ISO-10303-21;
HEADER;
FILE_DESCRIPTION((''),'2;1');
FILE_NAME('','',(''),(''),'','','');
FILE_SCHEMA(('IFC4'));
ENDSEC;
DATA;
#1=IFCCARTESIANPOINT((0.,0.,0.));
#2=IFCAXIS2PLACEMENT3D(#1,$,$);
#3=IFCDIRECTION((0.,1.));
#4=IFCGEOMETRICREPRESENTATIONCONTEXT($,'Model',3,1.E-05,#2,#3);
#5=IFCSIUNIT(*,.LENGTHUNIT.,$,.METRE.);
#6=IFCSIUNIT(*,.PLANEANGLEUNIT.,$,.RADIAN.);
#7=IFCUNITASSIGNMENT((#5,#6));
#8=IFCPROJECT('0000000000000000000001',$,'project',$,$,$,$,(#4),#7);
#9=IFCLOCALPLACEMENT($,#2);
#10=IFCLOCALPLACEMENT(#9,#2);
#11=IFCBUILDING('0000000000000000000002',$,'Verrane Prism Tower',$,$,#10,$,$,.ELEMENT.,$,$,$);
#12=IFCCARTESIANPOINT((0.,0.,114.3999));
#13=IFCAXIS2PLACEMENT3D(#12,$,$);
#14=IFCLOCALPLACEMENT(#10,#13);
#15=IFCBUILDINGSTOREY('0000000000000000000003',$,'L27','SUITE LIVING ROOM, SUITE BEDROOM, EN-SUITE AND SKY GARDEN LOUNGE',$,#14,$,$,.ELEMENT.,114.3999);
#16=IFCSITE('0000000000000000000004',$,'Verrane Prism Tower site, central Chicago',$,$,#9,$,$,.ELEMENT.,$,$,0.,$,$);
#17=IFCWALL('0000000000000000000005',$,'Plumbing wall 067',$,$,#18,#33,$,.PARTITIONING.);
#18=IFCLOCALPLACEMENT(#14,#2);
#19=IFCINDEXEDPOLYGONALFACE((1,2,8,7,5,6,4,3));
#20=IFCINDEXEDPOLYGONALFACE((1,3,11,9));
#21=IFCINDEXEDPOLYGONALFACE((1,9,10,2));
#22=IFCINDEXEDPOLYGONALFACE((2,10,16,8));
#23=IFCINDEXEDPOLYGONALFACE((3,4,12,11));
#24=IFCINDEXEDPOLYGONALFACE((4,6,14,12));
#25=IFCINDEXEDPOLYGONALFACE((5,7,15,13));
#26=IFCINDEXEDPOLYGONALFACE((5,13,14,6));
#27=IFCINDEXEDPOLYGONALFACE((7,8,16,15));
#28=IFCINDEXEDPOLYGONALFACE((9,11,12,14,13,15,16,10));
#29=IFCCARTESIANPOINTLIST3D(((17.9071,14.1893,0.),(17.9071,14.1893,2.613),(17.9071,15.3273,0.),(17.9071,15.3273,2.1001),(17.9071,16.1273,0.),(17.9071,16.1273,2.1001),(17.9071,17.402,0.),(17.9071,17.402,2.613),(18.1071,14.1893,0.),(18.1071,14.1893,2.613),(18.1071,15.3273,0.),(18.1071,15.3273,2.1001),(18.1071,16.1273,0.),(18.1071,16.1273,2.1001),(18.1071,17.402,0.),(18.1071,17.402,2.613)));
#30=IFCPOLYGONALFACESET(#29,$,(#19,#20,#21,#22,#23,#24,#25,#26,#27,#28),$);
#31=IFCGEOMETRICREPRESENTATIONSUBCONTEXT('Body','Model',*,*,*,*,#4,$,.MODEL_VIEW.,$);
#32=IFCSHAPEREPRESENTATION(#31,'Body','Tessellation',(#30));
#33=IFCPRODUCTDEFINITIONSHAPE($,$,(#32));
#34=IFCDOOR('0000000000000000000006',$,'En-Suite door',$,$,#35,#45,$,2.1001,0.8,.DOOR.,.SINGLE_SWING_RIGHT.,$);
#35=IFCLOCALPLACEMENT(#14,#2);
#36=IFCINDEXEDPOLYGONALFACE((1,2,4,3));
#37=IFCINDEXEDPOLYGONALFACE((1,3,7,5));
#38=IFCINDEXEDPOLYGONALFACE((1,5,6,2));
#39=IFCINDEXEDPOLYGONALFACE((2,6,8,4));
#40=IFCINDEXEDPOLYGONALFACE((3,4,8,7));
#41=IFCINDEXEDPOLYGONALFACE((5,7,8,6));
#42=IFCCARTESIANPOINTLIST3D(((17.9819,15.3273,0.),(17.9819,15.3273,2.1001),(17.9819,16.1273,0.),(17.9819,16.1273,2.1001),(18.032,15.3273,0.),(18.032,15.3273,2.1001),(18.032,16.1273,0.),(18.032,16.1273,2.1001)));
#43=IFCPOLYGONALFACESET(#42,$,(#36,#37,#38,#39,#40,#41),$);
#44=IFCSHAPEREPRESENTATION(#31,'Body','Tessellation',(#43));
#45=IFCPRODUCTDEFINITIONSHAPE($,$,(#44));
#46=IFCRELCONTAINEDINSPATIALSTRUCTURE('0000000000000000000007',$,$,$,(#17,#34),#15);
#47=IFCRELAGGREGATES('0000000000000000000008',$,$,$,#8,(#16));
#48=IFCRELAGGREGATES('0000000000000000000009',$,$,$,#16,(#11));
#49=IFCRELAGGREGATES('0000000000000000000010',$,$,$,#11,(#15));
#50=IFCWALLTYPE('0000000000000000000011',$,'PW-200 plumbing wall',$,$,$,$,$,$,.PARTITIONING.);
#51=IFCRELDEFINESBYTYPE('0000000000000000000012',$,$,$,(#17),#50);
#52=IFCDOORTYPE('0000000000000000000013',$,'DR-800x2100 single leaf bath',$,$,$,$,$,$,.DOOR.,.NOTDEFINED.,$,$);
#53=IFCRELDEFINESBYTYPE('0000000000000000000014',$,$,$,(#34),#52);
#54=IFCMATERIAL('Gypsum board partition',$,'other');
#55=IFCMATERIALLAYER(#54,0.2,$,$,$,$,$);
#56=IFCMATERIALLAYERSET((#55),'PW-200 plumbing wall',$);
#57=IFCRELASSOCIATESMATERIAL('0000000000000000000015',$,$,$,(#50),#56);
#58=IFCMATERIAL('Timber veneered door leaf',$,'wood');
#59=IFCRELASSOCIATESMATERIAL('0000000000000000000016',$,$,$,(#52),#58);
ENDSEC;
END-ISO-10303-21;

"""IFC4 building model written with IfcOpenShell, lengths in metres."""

from ifc_helpers import new_model, si_unit, direction, frame, frame_2d, origin, place, context, subcontext, project, spatial, rectangle, extrude, material, layer, layer_set, type_object, element, fill, save


model = new_model("IFC4")

# Units and contexts
model_context = context("Model", 3, precision=1e-05, world=origin(), true_north=direction((0.0, 1.0)))
body_context = subcontext(model_context, "Body", "Model", "MODEL_VIEW")
ifc_project = project(units=[si_unit("LENGTHUNIT", "METRE"), si_unit("PLANEANGLEUNIT", "RADIAN")], contexts=[model_context])

# Site, building, storey
site_placement = place(None, origin())
site = spatial("IfcSite", under=ifc_project, at=site_placement, Name="Verrane Prism Tower site, central Chicago", CompositionType="ELEMENT", RefElevation=0.0)
building_placement = place(site_placement, origin())
building = spatial("IfcBuilding", under=site, at=building_placement, Name="Verrane Prism Tower", CompositionType="ELEMENT")
storey_placement = place(building_placement, frame((0.0, 0.0, 114.3999)))
storey = spatial("IfcBuildingStorey", under=building, at=storey_placement, Name="L27", Description="SUITE LIVING ROOM, SUITE BEDROOM, EN-SUITE AND SKY GARDEN LOUNGE", CompositionType="ELEMENT", Elevation=114.3999)

# Wall, opening, door
ifc_material_1 = material(Name="Gypsum board partition", Category="other")
ifc_layer_1 = layer(ifc_material_1, 0.2)
ifc_layer_set_1 = layer_set([ifc_layer_1], Name="PW-200 plumbing wall")
wall_type_1 = type_object("IfcWallType", Name="PW-200 plumbing wall", PredefinedType="PARTITIONING", material=ifc_layer_set_1)
wall_1_placement = place(storey_placement, frame((18.0071, 17.4021, 0.0), z_axis=(0.0, 0.0, 1.0), x_axis=(0.0, -1.0, 0.0)))
wall_1 = element("IfcWall", 1, at=wall_1_placement, inside=storey, type_object=wall_type_1, Name="Plumbing wall 067", PredefinedType="PARTITIONING", context=body_context, shape_type="SweptSolid", body=[
    extrude(rectangle(XDim=3.2126, YDim=0.2, at=frame_2d((1.6064, 0.0))), origin(), (0.0, 0.0, 1.0), 2.613),
])
opening_placement = place(wall_1_placement, frame((1.2749, 0.0, 0.0)))
opening = element("IfcOpeningElement", 2, at=opening_placement, cuts=wall_1, PredefinedType="OPENING", context=body_context, shape_type="SweptSolid", body=[
    extrude(rectangle(XDim=0.8, YDim=2.1001, at=frame_2d((0.3999, 1.05))), frame((0.0, 0.1099, 0.0), z_axis=(0.0, -1.0, 0.0), x_axis=(1.0, 0.0, 0.0)), (0.0, 0.0, 1.0), 0.22),
])
ifc_material_2 = material(Name="Timber veneered door leaf", Category="wood")
door_type = type_object("IfcDoorType", Name="DR-800x2100 single leaf bath", OperationType="NOTDEFINED", PredefinedType="DOOR", material=ifc_material_2)
door_placement = place(opening_placement, origin())
door = element("IfcDoor", 3, at=door_placement, inside=storey, type_object=door_type, Name="En-Suite door", OperationType="SINGLE_SWING_RIGHT", OverallHeight=2.1001, OverallWidth=0.8, PredefinedType="DOOR", context=body_context, shape_type="SweptSolid", body=[
    extrude(rectangle(XDim=0.8, YDim=2.1001, at=frame_2d((0.3999, 1.05))), frame((0.0, 0.0249, 0.0), z_axis=(0.0, -1.0, 0.0), x_axis=(1.0, 0.0, 0.0)), (0.0, 0.0, 1.0), 0.05),
])
fill(opening, door)

save(model, "model.ifc")
